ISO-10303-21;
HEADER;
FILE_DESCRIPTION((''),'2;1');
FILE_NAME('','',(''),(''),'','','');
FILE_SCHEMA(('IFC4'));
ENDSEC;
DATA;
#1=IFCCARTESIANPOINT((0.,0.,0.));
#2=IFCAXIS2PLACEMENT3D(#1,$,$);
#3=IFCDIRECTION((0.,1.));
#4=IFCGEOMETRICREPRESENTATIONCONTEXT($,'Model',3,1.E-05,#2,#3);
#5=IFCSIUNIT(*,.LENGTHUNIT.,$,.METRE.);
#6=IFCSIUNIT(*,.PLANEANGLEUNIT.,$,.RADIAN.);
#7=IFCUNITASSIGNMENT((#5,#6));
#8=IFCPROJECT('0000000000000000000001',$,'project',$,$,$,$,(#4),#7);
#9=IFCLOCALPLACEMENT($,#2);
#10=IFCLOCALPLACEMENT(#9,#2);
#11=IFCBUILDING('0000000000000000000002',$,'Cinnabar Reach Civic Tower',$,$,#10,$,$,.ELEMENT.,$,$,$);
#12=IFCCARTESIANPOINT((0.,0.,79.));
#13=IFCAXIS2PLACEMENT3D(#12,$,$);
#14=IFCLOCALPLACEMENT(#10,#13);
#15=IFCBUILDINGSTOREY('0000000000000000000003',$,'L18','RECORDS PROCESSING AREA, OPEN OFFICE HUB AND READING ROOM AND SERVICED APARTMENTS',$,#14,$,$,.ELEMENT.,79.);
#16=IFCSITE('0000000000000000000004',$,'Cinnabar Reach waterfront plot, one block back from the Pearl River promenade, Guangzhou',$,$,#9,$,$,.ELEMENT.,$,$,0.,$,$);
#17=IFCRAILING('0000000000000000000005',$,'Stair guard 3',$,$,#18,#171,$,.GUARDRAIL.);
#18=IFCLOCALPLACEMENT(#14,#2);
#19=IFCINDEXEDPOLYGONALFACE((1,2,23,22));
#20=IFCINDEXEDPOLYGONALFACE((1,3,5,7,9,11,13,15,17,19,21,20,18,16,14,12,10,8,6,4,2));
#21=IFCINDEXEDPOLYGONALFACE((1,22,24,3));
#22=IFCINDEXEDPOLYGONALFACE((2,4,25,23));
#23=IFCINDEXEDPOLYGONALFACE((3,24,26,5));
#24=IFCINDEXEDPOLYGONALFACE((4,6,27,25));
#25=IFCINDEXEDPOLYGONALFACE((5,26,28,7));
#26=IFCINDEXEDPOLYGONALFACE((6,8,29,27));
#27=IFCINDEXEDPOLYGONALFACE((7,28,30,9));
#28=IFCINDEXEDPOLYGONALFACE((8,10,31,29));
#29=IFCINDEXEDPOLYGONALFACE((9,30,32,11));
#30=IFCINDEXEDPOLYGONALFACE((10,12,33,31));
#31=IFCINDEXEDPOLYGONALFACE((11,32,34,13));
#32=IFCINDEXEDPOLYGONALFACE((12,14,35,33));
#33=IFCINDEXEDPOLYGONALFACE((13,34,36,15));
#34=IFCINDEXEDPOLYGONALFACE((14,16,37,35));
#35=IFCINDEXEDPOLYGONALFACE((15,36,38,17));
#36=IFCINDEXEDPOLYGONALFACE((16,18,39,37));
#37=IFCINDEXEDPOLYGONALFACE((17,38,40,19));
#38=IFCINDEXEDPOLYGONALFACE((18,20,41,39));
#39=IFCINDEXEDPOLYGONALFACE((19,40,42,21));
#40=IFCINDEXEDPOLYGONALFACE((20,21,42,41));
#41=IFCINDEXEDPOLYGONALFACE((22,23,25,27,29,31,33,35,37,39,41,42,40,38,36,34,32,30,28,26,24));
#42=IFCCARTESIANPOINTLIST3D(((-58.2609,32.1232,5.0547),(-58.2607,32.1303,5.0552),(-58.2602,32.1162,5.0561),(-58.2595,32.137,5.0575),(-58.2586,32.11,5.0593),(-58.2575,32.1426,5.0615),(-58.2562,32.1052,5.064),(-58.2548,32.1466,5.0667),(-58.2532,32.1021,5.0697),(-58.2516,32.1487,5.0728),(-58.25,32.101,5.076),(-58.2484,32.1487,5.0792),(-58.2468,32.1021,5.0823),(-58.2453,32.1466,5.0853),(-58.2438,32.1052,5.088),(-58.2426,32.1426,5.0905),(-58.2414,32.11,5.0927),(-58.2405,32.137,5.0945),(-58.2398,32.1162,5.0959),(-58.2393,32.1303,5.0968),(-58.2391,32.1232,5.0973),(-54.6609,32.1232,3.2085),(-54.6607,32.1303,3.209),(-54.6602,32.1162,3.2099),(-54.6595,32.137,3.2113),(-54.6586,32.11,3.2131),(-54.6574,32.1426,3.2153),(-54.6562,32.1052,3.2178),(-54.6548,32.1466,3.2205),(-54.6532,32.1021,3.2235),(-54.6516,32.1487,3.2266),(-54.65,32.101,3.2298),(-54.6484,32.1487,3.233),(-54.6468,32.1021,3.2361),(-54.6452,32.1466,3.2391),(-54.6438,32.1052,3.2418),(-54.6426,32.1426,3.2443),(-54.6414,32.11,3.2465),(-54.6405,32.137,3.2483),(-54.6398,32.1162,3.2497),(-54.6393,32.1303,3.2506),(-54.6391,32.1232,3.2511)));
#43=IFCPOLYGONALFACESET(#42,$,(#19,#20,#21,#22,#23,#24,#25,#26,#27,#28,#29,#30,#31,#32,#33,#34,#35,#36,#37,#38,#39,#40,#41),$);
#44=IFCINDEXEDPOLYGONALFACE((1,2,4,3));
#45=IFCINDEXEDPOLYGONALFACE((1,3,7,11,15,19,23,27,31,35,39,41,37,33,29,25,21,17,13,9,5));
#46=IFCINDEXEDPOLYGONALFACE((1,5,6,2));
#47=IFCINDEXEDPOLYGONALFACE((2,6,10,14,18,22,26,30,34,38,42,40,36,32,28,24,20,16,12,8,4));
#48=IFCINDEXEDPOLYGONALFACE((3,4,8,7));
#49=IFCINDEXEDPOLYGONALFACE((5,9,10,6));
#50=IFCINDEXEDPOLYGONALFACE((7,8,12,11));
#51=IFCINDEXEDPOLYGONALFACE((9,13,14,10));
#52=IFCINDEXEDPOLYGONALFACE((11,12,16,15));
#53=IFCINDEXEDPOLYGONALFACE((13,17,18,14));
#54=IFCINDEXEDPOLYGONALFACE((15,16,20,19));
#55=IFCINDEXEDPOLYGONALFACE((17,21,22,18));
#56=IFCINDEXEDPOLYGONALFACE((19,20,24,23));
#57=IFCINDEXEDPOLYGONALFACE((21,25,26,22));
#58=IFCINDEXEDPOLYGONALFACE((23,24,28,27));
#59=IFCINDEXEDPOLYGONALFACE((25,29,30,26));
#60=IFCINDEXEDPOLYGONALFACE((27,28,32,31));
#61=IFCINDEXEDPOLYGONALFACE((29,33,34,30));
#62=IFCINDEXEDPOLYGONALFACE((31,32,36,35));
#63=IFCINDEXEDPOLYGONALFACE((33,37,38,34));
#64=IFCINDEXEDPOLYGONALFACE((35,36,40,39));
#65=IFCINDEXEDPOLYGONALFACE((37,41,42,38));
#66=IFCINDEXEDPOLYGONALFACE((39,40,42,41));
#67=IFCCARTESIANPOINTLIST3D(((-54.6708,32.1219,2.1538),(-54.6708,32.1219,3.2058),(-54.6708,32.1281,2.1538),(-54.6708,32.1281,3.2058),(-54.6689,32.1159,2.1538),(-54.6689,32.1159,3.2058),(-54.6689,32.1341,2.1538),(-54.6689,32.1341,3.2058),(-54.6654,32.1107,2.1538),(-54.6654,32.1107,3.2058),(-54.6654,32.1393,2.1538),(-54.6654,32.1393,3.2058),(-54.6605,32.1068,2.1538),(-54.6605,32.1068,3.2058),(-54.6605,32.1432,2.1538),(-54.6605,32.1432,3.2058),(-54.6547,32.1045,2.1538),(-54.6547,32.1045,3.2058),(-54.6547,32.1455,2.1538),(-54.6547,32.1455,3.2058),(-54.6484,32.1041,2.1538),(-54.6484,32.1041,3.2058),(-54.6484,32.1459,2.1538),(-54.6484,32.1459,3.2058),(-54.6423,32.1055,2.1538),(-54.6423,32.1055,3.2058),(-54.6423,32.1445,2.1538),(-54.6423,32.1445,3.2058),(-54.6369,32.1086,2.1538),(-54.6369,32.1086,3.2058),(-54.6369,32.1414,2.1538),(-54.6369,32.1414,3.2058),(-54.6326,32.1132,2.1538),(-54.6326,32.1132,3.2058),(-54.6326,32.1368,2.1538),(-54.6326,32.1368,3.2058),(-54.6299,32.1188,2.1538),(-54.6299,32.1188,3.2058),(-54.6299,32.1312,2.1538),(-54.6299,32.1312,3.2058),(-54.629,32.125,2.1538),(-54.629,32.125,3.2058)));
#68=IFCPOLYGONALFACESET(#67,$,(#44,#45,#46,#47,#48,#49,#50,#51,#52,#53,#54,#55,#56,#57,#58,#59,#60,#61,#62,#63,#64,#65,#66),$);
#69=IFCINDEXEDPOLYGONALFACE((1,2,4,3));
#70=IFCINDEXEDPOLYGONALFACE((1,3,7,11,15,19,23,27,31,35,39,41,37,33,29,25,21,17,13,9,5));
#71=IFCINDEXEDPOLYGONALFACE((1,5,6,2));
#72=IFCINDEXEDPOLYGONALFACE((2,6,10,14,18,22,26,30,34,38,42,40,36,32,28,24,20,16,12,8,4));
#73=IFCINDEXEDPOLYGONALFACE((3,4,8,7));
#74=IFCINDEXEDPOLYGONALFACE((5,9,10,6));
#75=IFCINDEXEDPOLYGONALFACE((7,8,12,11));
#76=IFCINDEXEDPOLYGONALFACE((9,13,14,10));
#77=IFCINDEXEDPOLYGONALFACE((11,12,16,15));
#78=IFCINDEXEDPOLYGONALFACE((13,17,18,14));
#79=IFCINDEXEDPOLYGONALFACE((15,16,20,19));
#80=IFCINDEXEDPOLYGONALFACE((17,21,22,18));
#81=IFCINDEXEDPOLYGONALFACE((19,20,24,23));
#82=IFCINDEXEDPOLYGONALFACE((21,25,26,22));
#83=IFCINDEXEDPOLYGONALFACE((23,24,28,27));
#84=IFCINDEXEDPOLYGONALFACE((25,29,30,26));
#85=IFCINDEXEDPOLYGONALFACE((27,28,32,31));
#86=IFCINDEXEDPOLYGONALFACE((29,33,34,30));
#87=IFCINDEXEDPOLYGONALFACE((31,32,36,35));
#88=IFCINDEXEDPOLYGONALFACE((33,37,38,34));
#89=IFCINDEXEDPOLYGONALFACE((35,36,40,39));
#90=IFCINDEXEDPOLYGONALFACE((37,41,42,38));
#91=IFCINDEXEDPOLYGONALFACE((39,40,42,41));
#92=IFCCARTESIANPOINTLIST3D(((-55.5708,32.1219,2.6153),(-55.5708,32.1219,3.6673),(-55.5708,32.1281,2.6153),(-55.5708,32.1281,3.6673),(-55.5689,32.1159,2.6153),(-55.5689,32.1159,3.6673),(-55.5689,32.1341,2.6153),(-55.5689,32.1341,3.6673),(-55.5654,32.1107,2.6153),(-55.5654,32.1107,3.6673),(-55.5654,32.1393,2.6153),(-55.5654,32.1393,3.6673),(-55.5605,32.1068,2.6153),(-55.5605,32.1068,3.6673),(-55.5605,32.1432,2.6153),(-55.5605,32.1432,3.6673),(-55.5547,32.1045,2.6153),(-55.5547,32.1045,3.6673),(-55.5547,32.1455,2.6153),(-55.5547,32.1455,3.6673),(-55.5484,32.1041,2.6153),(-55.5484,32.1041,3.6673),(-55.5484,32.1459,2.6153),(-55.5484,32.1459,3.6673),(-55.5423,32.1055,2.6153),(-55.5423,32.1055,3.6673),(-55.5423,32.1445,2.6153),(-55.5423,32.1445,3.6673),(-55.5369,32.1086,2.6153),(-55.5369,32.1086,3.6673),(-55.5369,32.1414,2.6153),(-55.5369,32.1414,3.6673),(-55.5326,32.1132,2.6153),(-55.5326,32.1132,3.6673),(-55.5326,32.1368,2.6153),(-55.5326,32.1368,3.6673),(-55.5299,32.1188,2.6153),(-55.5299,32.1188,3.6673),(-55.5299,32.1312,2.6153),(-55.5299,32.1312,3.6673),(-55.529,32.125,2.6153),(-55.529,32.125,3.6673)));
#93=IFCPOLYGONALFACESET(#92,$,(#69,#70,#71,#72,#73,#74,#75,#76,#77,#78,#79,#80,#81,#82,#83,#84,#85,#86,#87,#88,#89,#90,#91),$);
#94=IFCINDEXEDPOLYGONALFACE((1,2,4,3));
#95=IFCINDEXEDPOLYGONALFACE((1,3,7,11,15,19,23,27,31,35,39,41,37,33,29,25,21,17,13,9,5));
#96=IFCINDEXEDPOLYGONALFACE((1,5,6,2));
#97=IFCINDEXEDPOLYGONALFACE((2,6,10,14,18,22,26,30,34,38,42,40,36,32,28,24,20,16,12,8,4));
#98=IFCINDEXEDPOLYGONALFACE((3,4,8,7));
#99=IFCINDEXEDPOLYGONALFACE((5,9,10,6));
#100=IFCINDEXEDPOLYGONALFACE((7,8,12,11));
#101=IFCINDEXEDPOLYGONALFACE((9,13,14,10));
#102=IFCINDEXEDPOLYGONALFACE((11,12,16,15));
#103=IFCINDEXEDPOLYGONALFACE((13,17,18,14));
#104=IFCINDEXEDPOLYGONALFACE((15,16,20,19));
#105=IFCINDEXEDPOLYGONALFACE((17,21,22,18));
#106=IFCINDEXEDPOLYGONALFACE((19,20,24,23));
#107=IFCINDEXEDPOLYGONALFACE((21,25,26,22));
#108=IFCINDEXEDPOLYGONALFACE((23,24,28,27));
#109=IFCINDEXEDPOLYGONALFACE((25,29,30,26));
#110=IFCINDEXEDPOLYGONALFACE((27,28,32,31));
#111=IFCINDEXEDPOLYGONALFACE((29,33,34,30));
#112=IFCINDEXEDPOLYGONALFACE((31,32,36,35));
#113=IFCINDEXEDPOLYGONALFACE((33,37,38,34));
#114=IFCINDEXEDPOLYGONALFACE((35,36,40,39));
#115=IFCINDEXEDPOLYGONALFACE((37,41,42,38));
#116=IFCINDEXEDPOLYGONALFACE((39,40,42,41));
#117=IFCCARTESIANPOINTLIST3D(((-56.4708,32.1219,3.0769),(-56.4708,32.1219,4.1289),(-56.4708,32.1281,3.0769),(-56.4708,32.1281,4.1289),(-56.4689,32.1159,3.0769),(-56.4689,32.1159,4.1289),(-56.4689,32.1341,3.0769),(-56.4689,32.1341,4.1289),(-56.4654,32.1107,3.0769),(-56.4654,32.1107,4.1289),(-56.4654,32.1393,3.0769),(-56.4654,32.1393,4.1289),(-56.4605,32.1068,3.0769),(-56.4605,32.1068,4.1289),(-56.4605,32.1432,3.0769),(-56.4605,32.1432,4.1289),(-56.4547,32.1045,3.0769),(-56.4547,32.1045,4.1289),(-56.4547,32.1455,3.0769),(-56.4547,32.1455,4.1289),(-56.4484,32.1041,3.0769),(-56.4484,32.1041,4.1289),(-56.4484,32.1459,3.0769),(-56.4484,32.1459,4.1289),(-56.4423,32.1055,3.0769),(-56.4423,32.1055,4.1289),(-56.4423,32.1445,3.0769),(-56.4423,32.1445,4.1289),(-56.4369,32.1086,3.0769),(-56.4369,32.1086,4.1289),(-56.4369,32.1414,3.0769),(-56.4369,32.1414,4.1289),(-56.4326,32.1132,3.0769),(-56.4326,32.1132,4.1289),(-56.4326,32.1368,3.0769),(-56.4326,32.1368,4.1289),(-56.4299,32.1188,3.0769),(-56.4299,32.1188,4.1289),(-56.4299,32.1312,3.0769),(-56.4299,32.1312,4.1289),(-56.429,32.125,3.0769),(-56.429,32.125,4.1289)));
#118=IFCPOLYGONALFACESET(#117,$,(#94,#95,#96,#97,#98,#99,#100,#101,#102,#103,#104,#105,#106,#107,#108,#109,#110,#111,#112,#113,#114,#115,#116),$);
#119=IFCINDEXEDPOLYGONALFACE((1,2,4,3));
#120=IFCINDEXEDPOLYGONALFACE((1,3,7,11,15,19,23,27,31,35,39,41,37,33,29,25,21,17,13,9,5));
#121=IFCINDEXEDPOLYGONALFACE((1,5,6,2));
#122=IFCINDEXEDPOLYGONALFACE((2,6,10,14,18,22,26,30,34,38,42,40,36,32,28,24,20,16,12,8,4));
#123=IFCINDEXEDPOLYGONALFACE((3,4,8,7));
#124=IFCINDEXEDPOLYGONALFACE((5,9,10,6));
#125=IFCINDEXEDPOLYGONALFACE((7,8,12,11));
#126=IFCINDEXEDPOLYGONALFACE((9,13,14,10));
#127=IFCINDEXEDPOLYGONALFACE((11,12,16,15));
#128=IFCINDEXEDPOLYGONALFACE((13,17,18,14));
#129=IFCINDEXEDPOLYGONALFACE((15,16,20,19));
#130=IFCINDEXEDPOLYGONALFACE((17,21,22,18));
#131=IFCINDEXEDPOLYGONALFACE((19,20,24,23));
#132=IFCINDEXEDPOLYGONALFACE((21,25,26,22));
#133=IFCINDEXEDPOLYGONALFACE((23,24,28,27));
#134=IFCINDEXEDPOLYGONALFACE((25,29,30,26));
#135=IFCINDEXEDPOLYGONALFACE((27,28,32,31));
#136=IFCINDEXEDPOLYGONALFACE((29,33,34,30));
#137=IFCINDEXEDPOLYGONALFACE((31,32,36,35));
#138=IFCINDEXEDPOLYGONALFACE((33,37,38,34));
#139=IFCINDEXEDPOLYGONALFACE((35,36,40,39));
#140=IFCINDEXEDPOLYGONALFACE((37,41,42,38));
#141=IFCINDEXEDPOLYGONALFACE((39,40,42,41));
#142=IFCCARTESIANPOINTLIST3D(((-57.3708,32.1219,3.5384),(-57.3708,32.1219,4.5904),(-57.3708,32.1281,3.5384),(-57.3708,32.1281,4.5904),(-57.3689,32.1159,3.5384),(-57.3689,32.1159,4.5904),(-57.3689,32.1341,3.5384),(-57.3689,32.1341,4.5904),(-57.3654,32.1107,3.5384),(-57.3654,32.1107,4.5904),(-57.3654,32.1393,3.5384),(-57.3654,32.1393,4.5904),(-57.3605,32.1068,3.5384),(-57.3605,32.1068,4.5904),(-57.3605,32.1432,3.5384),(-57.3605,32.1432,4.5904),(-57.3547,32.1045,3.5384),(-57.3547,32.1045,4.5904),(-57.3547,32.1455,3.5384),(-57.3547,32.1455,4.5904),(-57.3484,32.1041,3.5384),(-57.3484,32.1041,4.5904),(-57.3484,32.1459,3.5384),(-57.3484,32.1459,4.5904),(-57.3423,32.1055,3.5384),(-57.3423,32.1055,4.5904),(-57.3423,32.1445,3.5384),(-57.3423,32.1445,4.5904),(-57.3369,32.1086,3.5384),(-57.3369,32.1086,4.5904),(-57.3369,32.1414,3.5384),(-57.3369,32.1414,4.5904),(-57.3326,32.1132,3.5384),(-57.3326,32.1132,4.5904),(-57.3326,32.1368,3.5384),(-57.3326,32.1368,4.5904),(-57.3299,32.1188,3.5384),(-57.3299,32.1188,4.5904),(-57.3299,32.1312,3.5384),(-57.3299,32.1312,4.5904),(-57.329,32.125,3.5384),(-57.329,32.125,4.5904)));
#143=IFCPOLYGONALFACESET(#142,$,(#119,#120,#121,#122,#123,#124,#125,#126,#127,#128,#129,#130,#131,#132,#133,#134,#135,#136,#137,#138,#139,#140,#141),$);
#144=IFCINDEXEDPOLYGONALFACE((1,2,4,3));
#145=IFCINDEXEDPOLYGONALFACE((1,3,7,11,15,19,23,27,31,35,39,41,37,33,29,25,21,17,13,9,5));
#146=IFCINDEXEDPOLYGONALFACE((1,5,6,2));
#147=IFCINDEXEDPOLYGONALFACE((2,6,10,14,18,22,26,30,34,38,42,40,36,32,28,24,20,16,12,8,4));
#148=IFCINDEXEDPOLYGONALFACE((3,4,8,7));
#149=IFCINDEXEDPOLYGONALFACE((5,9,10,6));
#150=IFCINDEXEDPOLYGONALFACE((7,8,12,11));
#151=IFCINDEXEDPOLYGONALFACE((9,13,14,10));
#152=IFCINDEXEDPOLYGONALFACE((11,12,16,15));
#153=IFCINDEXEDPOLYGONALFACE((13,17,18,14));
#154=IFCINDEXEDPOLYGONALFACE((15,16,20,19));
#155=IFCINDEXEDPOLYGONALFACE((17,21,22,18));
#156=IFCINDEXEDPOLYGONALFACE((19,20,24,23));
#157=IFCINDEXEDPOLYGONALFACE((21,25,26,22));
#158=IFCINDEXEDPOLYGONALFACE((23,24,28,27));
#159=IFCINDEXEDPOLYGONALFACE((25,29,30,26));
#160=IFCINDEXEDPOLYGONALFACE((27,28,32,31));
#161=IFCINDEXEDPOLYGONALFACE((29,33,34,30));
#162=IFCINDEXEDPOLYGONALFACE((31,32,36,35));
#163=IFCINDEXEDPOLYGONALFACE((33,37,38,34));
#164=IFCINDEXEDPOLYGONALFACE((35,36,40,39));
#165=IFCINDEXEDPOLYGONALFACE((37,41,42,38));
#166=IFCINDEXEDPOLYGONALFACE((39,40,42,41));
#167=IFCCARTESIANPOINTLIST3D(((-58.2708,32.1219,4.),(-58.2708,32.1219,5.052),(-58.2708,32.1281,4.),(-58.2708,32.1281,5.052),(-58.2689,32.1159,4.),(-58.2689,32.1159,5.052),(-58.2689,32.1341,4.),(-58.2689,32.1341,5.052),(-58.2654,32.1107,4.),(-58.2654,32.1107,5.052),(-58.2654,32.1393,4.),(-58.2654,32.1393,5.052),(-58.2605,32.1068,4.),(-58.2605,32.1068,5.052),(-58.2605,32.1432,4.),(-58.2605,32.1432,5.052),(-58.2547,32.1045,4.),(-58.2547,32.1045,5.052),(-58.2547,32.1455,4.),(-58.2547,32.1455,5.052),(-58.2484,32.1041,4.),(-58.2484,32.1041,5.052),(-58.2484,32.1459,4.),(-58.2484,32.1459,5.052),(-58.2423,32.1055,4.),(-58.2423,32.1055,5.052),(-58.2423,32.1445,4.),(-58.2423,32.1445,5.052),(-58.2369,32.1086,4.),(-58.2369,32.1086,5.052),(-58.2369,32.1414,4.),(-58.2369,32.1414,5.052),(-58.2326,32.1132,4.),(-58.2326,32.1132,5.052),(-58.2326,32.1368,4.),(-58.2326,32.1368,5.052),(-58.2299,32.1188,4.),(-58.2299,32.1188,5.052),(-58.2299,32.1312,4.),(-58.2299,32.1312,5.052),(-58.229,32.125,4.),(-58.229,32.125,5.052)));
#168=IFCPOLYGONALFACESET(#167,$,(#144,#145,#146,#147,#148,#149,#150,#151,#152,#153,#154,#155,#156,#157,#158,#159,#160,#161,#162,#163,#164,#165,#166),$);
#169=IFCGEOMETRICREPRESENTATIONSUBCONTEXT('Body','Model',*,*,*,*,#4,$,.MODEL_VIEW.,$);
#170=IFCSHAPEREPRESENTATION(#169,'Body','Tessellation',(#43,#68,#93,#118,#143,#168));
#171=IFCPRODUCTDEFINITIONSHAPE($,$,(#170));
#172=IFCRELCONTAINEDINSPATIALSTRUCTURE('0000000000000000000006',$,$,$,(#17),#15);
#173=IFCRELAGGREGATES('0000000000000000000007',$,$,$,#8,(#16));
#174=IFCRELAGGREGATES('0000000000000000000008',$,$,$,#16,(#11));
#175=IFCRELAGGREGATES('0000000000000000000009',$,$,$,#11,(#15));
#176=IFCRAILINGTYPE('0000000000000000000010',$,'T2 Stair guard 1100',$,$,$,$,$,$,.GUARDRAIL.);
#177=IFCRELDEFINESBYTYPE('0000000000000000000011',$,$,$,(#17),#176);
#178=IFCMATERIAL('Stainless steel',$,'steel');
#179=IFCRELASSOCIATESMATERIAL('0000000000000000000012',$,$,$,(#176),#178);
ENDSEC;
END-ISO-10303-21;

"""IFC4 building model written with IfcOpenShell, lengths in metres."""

from ifc_helpers import new_model, si_unit, direction, frame, origin, origin_2d, place, context, subcontext, project, spatial, circle, extrude, material, type_object, element, save


model = new_model("IFC4")

# Units and contexts
model_context = context("Model", 3, precision=1e-05, world=origin(), true_north=direction((0.0, 1.0)))
body_context = subcontext(model_context, "Body", "Model", "MODEL_VIEW")
ifc_project = project(units=[si_unit("LENGTHUNIT", "METRE"), si_unit("PLANEANGLEUNIT", "RADIAN")], contexts=[model_context])

# Site, building, storey
site_placement = place(None, origin())
site = spatial("IfcSite", under=ifc_project, at=site_placement, Name="Cinnabar Reach waterfront plot, one block back from the Pearl River promenade, Guangzhou", CompositionType="ELEMENT", RefElevation=0.0)
building_placement = place(site_placement, origin())
building = spatial("IfcBuilding", under=site, at=building_placement, Name="Cinnabar Reach Civic Tower", CompositionType="ELEMENT")
storey_placement = place(building_placement, frame((0.0, 0.0, 79.0)))
storey = spatial("IfcBuildingStorey", under=building, at=storey_placement, Name="L18", Description="RECORDS PROCESSING AREA, OPEN OFFICE HUB AND READING ROOM AND SERVICED APARTMENTS", CompositionType="ELEMENT", Elevation=79.0)

# Railing
ifc_material_1 = material(Name="Stainless steel", Category="steel")
railing_type = type_object("IfcRailingType", Name="T2 Stair guard 1100", PredefinedType="GUARDRAIL", material=ifc_material_1)
railing_1_placement = place(storey_placement, frame((-54.65, 32.125, 2.1538)))
element("IfcRailing", 1, at=railing_1_placement, inside=storey, type_object=railing_type, Name="Stair guard 3", PredefinedType="GUARDRAIL", context=body_context, shape_type="SweptSolid", body=[
    extrude(circle(Radius=0.024, at=origin_2d()), frame((0.0, 0.0, 1.076), z_axis=(-0.889813, 0.0, 0.456326), x_axis=(0.0, -1.0, 0.0)), (0.0, 0.0, 1.0), 4.0458),
    extrude(circle(Radius=0.021, at=origin_2d()), origin(), (0.0, 0.0, 1.0), 1.052),
    extrude(circle(Radius=0.021, at=origin_2d()), frame((-0.9, 0.0, 0.4615)), (0.0, 0.0, 1.0), 1.052),
    extrude(circle(Radius=0.021, at=origin_2d()), frame((-1.8, 0.0, 0.9231)), (0.0, 0.0, 1.0), 1.052),
    extrude(circle(Radius=0.021, at=origin_2d()), frame((-2.7, 0.0, 1.3846)), (0.0, 0.0, 1.0), 1.052),
    extrude(circle(Radius=0.021, at=origin_2d()), frame((-3.6, 0.0, 1.8462)), (0.0, 0.0, 1.0), 1.052),
])

save(model, "model.ifc")
